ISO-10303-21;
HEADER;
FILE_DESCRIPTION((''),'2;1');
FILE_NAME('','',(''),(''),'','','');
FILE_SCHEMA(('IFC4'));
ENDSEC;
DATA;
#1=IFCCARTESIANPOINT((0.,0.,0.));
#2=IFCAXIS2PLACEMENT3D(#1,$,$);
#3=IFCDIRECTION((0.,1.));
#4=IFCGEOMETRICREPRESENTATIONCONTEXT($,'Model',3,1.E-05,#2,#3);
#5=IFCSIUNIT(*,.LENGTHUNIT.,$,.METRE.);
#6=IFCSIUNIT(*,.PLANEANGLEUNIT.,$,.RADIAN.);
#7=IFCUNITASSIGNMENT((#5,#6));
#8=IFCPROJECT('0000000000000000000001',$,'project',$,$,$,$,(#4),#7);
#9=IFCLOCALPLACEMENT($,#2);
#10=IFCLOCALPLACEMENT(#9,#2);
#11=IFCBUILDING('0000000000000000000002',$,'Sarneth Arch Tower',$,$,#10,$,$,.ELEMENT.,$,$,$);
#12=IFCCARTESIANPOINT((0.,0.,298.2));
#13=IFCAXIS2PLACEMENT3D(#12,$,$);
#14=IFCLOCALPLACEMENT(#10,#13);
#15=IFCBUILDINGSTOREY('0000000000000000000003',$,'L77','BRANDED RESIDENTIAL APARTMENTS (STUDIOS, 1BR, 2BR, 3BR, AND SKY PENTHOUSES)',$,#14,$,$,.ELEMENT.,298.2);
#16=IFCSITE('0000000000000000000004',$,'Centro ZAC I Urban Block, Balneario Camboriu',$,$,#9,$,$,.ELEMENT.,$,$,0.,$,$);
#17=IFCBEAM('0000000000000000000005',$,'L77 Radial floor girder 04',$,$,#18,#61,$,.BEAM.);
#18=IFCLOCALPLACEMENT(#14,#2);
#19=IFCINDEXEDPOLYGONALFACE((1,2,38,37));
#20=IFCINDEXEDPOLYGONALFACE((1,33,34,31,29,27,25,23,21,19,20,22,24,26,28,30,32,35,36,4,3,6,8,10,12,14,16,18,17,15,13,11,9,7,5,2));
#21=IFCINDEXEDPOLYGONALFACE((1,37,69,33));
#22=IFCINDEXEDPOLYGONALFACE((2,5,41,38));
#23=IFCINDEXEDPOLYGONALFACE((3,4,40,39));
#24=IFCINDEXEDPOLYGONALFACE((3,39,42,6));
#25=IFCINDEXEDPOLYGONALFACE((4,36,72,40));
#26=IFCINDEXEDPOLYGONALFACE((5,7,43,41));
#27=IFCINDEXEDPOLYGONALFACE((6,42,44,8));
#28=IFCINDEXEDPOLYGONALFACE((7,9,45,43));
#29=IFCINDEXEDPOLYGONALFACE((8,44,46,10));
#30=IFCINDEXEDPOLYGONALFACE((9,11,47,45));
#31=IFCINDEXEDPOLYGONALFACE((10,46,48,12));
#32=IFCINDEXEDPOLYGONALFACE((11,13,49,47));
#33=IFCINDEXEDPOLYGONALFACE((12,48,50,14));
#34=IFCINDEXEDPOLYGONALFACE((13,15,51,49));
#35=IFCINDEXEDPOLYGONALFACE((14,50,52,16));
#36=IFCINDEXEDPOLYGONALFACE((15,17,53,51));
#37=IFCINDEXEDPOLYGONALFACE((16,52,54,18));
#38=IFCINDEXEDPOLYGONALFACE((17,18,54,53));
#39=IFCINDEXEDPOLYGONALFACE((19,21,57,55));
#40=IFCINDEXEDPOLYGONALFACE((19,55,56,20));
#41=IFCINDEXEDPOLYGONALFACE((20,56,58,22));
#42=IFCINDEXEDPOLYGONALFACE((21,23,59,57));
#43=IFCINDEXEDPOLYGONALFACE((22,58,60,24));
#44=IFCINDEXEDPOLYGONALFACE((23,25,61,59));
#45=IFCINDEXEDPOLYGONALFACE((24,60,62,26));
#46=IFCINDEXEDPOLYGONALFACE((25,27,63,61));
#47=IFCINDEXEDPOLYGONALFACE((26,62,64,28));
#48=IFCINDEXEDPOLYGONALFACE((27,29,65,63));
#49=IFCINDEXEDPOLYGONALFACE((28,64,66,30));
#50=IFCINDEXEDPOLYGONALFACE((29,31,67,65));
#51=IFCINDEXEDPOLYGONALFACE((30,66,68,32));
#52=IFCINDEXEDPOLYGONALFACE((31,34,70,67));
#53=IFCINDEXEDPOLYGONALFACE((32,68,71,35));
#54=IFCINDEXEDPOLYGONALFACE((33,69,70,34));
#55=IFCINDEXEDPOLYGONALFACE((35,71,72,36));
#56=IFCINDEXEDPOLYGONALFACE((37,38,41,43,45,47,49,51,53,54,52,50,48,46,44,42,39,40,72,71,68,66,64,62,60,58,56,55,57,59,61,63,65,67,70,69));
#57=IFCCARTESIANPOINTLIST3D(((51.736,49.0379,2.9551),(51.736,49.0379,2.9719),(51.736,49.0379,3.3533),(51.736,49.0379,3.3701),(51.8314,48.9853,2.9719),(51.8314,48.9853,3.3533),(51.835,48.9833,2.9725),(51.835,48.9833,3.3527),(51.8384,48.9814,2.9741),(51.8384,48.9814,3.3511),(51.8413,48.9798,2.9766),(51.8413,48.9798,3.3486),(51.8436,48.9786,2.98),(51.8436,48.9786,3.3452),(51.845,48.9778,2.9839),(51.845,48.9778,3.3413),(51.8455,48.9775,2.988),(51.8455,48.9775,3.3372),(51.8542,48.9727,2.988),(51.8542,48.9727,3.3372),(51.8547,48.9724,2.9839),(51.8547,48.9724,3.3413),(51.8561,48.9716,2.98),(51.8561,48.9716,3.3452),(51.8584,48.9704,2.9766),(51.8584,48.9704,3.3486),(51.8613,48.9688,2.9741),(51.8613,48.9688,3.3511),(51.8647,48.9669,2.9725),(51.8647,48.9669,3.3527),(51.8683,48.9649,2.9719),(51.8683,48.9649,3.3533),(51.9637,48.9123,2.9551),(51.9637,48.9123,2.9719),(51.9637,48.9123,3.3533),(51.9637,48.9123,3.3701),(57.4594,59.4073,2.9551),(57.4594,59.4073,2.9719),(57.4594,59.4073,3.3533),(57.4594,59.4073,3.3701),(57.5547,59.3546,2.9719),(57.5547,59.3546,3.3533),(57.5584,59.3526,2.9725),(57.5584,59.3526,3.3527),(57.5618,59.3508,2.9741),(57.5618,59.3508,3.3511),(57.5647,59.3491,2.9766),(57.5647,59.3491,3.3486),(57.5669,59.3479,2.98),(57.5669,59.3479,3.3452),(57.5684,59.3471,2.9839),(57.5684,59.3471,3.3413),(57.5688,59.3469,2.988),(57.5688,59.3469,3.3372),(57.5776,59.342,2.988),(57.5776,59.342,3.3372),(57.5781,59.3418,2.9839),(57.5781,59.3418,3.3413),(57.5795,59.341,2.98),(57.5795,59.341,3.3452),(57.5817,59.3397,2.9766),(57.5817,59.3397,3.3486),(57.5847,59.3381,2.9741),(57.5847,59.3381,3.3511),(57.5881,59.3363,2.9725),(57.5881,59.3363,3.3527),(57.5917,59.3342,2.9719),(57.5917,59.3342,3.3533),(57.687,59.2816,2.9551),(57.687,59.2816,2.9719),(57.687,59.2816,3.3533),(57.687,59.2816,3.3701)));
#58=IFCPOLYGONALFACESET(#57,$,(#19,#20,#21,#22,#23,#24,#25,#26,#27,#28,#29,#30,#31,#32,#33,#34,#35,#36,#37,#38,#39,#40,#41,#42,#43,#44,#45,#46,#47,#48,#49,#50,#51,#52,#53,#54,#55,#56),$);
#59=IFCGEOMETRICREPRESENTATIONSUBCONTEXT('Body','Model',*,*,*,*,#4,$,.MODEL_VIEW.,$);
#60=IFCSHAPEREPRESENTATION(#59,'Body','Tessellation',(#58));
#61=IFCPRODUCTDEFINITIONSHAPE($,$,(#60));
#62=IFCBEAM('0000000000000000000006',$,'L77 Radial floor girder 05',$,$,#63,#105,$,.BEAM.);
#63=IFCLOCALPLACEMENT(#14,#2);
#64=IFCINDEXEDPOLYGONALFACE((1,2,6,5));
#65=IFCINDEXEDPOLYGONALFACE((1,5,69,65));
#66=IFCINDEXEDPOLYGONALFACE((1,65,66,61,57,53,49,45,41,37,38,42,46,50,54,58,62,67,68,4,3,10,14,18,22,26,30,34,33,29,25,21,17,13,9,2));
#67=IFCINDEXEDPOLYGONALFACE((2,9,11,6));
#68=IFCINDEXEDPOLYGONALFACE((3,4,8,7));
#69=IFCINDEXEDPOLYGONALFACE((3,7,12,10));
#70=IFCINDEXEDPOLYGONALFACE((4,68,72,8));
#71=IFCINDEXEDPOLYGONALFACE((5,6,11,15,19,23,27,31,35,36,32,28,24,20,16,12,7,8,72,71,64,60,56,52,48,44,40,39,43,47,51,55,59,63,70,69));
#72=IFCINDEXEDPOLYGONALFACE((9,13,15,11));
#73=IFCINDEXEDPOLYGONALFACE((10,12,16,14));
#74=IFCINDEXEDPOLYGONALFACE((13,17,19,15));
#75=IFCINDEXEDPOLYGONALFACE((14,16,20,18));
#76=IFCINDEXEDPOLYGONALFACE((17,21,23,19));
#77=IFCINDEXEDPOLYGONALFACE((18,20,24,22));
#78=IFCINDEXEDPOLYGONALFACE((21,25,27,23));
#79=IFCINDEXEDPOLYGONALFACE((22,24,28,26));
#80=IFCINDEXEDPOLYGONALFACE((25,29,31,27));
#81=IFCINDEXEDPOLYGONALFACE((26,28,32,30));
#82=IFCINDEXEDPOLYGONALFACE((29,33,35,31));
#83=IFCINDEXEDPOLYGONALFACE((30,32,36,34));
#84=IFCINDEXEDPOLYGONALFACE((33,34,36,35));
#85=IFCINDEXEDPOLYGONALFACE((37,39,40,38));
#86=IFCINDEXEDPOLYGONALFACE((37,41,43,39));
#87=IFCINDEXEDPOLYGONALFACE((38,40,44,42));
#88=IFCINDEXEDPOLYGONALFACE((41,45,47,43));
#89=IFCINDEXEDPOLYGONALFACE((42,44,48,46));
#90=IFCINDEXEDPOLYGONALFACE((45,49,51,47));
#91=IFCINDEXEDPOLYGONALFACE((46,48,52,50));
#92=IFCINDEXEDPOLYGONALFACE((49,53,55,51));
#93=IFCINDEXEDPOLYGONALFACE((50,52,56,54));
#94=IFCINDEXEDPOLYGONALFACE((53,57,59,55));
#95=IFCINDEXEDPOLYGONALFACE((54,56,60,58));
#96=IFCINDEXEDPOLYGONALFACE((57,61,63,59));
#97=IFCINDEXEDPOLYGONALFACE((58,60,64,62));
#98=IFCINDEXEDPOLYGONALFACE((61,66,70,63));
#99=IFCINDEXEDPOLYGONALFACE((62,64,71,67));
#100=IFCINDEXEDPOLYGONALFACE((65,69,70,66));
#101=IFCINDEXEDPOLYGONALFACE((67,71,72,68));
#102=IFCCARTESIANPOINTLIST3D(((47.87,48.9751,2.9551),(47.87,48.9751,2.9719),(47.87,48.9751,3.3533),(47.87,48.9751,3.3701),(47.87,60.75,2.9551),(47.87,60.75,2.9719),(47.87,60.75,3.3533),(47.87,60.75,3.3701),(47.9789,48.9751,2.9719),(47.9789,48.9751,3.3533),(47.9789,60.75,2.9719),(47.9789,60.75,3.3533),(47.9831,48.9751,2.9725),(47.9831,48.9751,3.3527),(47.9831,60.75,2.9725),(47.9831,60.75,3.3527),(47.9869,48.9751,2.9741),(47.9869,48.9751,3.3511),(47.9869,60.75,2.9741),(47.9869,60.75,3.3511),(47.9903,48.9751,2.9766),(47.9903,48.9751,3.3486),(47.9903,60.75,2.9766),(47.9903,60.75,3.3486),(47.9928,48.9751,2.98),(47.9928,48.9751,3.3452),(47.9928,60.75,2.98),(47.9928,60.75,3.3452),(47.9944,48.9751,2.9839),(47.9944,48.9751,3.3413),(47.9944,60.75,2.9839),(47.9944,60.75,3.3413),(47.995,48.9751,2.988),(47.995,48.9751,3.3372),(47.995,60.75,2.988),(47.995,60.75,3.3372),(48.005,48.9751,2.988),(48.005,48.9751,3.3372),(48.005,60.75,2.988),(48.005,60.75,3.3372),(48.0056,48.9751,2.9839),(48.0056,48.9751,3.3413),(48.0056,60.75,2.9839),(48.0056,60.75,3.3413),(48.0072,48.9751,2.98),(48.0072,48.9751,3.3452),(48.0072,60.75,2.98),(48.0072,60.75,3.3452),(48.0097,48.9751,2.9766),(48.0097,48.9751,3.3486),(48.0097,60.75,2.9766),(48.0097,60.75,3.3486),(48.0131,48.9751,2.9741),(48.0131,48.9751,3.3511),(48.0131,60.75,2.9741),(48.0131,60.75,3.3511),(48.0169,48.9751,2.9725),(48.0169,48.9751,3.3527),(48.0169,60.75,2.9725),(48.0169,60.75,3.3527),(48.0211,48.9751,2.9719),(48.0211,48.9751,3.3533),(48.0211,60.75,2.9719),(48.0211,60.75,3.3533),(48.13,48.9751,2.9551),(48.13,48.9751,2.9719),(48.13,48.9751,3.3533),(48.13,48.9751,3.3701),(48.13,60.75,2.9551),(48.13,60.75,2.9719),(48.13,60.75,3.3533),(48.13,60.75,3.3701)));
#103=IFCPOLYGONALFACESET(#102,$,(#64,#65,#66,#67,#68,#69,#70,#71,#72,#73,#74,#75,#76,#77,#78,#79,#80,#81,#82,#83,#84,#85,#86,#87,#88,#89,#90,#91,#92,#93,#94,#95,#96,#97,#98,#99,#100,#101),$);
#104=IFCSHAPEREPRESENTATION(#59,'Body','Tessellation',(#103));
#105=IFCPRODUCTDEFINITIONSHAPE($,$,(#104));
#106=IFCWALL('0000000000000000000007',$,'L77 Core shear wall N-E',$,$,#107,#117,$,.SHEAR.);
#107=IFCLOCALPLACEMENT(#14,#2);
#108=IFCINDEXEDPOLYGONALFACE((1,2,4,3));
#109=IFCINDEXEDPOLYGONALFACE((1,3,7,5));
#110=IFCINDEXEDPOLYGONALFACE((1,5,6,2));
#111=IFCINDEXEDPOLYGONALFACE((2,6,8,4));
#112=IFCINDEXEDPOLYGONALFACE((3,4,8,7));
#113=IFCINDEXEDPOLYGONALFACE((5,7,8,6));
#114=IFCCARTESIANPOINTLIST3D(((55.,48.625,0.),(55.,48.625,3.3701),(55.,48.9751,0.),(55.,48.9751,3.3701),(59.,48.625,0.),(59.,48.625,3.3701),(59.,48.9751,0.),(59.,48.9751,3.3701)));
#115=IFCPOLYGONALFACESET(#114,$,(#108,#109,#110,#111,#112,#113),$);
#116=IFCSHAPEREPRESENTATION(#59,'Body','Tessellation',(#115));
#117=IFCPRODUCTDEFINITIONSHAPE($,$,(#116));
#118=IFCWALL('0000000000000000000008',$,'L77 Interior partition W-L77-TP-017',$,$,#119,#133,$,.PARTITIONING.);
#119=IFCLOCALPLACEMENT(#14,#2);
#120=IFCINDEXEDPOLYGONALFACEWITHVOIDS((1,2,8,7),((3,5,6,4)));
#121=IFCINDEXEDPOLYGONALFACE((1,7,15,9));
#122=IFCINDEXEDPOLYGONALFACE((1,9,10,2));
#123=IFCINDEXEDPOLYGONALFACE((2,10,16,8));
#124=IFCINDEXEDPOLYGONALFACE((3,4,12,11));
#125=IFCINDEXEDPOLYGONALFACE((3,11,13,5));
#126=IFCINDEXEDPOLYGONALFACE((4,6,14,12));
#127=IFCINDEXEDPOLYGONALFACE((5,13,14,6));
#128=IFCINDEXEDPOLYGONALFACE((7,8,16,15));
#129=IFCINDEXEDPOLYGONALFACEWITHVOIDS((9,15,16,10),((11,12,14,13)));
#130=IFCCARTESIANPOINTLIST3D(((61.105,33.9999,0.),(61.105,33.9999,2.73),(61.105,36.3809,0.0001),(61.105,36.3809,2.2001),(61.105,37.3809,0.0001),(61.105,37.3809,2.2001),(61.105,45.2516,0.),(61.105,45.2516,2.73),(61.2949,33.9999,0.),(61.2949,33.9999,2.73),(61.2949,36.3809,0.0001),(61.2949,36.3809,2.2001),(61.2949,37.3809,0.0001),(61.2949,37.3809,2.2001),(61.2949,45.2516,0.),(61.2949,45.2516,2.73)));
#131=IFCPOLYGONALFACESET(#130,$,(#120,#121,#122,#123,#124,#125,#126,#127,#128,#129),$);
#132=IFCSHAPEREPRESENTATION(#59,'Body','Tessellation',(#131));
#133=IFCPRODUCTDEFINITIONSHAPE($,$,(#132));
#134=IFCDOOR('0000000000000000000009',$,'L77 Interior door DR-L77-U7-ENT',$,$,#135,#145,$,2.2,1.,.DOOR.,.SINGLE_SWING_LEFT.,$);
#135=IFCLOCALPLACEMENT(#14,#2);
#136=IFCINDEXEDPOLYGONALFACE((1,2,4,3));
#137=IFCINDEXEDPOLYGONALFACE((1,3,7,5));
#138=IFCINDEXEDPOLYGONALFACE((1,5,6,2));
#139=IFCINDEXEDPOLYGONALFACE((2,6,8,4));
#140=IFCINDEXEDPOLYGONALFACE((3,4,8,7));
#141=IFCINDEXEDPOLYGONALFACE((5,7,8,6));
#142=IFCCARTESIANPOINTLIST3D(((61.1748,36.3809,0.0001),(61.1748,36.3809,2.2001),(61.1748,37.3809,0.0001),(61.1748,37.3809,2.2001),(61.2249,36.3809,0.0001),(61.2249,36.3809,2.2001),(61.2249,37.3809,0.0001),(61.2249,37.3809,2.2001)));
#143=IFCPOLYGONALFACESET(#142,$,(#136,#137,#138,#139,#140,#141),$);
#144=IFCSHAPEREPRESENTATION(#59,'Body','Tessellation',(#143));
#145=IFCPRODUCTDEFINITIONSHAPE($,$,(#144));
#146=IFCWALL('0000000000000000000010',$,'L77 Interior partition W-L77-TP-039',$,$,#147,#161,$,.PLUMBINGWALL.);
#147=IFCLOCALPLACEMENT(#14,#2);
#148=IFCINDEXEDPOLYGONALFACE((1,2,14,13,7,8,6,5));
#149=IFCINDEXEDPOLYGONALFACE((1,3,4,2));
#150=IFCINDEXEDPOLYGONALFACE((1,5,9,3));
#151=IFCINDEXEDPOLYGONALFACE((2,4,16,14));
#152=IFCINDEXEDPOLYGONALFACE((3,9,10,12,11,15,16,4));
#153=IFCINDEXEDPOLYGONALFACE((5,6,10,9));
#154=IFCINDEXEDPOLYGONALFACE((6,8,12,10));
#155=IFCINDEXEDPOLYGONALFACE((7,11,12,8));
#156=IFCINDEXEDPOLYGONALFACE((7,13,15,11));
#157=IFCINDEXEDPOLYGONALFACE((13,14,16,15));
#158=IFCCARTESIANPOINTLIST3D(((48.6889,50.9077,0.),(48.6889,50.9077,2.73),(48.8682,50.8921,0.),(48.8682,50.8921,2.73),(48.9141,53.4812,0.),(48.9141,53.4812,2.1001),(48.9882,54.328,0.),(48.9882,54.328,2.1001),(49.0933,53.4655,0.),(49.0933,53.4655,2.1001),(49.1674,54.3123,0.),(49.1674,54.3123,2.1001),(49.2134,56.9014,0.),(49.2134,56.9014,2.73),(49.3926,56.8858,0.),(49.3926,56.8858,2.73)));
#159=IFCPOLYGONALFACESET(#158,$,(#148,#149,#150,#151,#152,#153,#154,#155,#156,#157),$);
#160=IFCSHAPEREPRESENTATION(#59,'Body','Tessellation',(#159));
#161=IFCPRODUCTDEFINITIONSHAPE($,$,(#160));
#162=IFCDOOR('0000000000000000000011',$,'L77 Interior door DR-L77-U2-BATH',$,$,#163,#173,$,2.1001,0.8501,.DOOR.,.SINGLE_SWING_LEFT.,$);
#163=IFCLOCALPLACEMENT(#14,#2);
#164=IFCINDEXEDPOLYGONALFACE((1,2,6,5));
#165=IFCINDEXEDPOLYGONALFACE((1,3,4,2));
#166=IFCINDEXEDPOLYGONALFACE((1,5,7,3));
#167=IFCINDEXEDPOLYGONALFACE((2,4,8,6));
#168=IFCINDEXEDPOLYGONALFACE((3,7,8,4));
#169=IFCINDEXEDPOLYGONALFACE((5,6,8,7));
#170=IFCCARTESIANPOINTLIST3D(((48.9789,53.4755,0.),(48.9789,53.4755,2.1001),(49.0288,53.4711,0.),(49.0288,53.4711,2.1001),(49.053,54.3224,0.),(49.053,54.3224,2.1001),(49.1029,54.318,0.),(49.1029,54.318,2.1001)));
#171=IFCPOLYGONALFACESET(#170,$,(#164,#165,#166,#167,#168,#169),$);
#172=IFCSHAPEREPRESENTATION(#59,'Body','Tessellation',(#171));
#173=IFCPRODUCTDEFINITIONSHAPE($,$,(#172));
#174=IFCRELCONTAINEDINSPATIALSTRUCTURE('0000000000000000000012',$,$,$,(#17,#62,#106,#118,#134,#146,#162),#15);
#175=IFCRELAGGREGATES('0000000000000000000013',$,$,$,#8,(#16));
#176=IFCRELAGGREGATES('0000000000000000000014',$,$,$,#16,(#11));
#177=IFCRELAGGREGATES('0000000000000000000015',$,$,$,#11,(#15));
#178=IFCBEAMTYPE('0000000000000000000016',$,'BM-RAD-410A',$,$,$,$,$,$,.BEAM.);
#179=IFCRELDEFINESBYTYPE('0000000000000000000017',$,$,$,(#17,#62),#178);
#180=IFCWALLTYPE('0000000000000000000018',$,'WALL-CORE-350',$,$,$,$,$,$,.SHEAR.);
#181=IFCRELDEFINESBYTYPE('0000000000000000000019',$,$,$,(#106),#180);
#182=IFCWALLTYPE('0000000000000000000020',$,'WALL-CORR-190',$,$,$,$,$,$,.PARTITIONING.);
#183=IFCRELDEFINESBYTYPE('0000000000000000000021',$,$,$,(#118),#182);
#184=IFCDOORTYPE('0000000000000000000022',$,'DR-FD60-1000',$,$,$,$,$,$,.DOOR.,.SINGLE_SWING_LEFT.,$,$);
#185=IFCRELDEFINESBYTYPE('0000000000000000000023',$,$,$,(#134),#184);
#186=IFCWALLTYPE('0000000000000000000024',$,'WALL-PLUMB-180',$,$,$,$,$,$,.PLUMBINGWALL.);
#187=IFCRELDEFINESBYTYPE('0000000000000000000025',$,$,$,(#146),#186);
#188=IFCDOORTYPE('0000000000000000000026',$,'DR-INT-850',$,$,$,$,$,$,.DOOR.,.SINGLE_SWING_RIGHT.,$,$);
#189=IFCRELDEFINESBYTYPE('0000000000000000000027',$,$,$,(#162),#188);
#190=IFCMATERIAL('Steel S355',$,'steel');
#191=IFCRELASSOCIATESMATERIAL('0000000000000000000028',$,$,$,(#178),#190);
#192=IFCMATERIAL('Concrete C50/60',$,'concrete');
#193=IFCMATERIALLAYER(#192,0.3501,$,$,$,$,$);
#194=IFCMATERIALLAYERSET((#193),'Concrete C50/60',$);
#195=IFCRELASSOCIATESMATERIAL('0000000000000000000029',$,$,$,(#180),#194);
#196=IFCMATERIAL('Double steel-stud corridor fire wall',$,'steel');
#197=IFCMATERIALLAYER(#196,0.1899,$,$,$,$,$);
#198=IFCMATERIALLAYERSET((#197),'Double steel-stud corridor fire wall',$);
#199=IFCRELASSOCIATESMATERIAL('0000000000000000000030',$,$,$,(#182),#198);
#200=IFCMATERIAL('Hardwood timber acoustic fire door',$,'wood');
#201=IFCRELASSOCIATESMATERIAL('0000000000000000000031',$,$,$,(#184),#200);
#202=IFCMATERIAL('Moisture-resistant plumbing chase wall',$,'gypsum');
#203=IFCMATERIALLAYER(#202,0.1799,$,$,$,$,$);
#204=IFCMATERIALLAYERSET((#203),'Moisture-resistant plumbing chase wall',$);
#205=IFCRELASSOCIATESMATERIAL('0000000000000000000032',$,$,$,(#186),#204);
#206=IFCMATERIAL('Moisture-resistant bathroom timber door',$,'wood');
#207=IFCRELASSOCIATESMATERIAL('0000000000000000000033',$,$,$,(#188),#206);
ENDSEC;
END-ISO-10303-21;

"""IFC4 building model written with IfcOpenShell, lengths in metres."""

from ifc_helpers import new_model, si_unit, direction, frame, frame_2d, origin, origin_2d, place, context, subcontext, project, spatial, rectangle, i_section, extrude, material, layer, layer_set, material_profile, profile_set, type_object, element, fill, save


model = new_model("IFC4")

# Units and contexts
model_context = context("Model", 3, precision=1e-05, world=origin(), true_north=direction((0.0, 1.0)))
body_context = subcontext(model_context, "Body", "Model", "MODEL_VIEW")
ifc_project = project(units=[si_unit("LENGTHUNIT", "METRE"), si_unit("PLANEANGLEUNIT", "RADIAN")], contexts=[model_context])

# Site, building, storey
site_placement = place(None, origin())
site = spatial("IfcSite", under=ifc_project, at=site_placement, Name="Centro ZAC I Urban Block, Balneario Camboriu", CompositionType="ELEMENT", RefElevation=0.0)
building_placement = place(site_placement, origin())
building = spatial("IfcBuilding", under=site, at=building_placement, Name="Sarneth Arch Tower", CompositionType="ELEMENT")
storey_placement = place(building_placement, frame((0.0, 0.0, 298.2)))
storey = spatial("IfcBuildingStorey", under=building, at=storey_placement, Name="L77", Description="BRANDED RESIDENTIAL APARTMENTS (STUDIOS, 1BR, 2BR, 3BR, AND SKY PENTHOUSES)", CompositionType="ELEMENT", Elevation=298.2)

# Beams
ifc_material_1 = material(Name="Steel S355", Category="steel")
ifc_material_profile_1 = material_profile(ifc_material_1, i_section(OverallWidth=0.26, OverallDepth=0.415, WebThickness=0.01, FlangeThickness=0.0168, FilletRadius=0.0161, at=origin_2d()), Name="W410x100")
ifc_profile_set_1 = profile_set([ifc_material_profile_1], Name="Steel S355")
beam_type_1 = type_object("IfcBeamType", Name="BM-RAD-410A", PredefinedType="BEAM", material=ifc_profile_set_1)
beam_1_placement = place(storey_placement, frame((51.8499, 48.9751, 3.1626), z_axis=(0.483229, 0.875494, 0.0), x_axis=(-0.875494, 0.483229, 0.0)))
element("IfcBeam", 1, at=beam_1_placement, inside=storey, type_object=beam_type_1, Name="L77 Radial floor girder 04", PredefinedType="BEAM", context=body_context, shape_type="SweptSolid", body=[
    extrude(i_section(OverallWidth=0.26, OverallDepth=0.415, WebThickness=0.01, FlangeThickness=0.0168, FilletRadius=0.0161, at=origin_2d()), origin(), (0.0, 0.0, 1.0), 11.844),
])
beam_2_placement = place(storey_placement, frame((48.0, 48.9751, 3.1626), z_axis=(0.0, 1.0, 0.0), x_axis=(-1.0, 0.0, 0.0)))
element("IfcBeam", 2, at=beam_2_placement, inside=storey, type_object=beam_type_1, Name="L77 Radial floor girder 05", PredefinedType="BEAM", context=body_context, shape_type="SweptSolid", body=[
    extrude(i_section(OverallWidth=0.26, OverallDepth=0.415, WebThickness=0.01, FlangeThickness=0.0168, FilletRadius=0.0161, at=origin_2d()), origin(), (0.0, 0.0, 1.0), 11.7749),
])

# Wall
ifc_material_2 = material(Name="Concrete C50/60", Category="concrete")
ifc_layer_1 = layer(ifc_material_2, 0.3501)
ifc_layer_set_1 = layer_set([ifc_layer_1], Name="Concrete C50/60")
wall_type_1 = type_object("IfcWallType", Name="WALL-CORE-350", PredefinedType="SHEAR", material=ifc_layer_set_1)
wall_1_placement = place(storey_placement, frame((55.0, 48.8, 0.0), z_axis=(0.0, 0.0, 1.0), x_axis=(1.0, 0.0, 0.0)))
element("IfcWall", 3, at=wall_1_placement, inside=storey, type_object=wall_type_1, Name="L77 Core shear wall N-E", PredefinedType="SHEAR", context=body_context, shape_type="SweptSolid", body=[
    extrude(rectangle(XDim=4.0, YDim=0.3501, at=frame_2d((2.0, 0.0))), origin(), (0.0, 0.0, 1.0), 3.3701),
])

# Walls, openings, doors
ifc_material_3 = material(Name="Double steel-stud corridor fire wall", Category="steel")
ifc_layer_2 = layer(ifc_material_3, 0.1899)
ifc_layer_set_2 = layer_set([ifc_layer_2], Name="Double steel-stud corridor fire wall")
wall_type_2 = type_object("IfcWallType", Name="WALL-CORR-190", PredefinedType="PARTITIONING", material=ifc_layer_set_2)
wall_2_placement = place(storey_placement, frame((61.2, 45.2517, 0.0), z_axis=(0.0, 0.0, 1.0), x_axis=(0.0, -1.0, 0.0)))
wall_2 = element("IfcWall", 4, at=wall_2_placement, inside=storey, type_object=wall_type_2, Name="L77 Interior partition W-L77-TP-017", PredefinedType="PARTITIONING", context=body_context, shape_type="SweptSolid", body=[
    extrude(rectangle(XDim=11.2517, YDim=0.1899, at=frame_2d((5.626, 0.0))), origin(), (0.0, 0.0, 1.0), 2.73),
])
opening_1_placement = place(wall_2_placement, frame((7.8708, 0.0, 0.0)))
opening_1 = element("IfcOpeningElement", 5, at=opening_1_placement, cuts=wall_2, PredefinedType="OPENING", context=body_context, shape_type="SweptSolid", body=[
    extrude(rectangle(XDim=1.0, YDim=2.2, at=frame_2d((0.5, 1.1001))), frame((0.0, 0.105, 0.0), z_axis=(0.0, -1.0, 0.0), x_axis=(1.0, 0.0, 0.0)), (0.0, 0.0, 1.0), 0.21),
])
ifc_material_4 = material(Name="Hardwood timber acoustic fire door", Category="wood")
door_type_1 = type_object("IfcDoorType", Name="DR-FD60-1000", OperationType="SINGLE_SWING_LEFT", PredefinedType="DOOR", material=ifc_material_4)
door_1_placement = place(opening_1_placement, origin())
door_1 = element("IfcDoor", 6, at=door_1_placement, inside=storey, type_object=door_type_1, Name="L77 Interior door DR-L77-U7-ENT", OperationType="SINGLE_SWING_LEFT", OverallHeight=2.2, OverallWidth=1.0, PredefinedType="DOOR", context=body_context, shape_type="SweptSolid", body=[
    extrude(rectangle(XDim=1.0, YDim=2.2, at=frame_2d((0.5, 1.1001))), frame((0.0, 0.0249, 0.0), z_axis=(0.0, -1.0, 0.0), x_axis=(1.0, 0.0, 0.0)), (0.0, 0.0, 1.0), 0.05),
])
fill(opening_1, door_1)
ifc_material_5 = material(Name="Moisture-resistant plumbing chase wall", Category="gypsum")
ifc_layer_3 = layer(ifc_material_5, 0.1799)
ifc_layer_set_3 = layer_set([ifc_layer_3], Name="Moisture-resistant plumbing chase wall")
wall_type_3 = type_object("IfcWallType", Name="WALL-PLUMB-180", PredefinedType="PLUMBINGWALL", material=ifc_layer_set_3)
wall_3_placement = place(storey_placement, frame((48.7786, 50.8999, 0.0), z_axis=(0.0, 0.0, 1.0), x_axis=(0.087162, 0.996194, 0.0)))
wall_3 = element("IfcWall", 7, at=wall_3_placement, inside=storey, type_object=wall_type_3, Name="L77 Interior partition W-L77-TP-039", PredefinedType="PLUMBINGWALL", context=body_context, shape_type="SweptSolid", body=[
    extrude(rectangle(XDim=6.0166, YDim=0.1799, at=frame_2d((3.0083, 0.0))), origin(), (0.0, 0.0, 1.0), 2.73),
])
opening_2_placement = place(wall_3_placement, frame((2.5833, 0.0, 0.0)))
opening_2 = element("IfcOpeningElement", 8, at=opening_2_placement, cuts=wall_3, PredefinedType="OPENING", context=body_context, shape_type="SweptSolid", body=[
    extrude(rectangle(XDim=0.8501, YDim=2.1001, at=frame_2d((0.425, 1.05))), frame((0.0, 0.0999, 0.0), z_axis=(0.0, -1.0, 0.0), x_axis=(1.0, 0.0, 0.0)), (0.0, 0.0, 1.0), 0.2),
])
ifc_material_6 = material(Name="Moisture-resistant bathroom timber door", Category="wood")
door_type_2 = type_object("IfcDoorType", Name="DR-INT-850", OperationType="SINGLE_SWING_RIGHT", PredefinedType="DOOR", material=ifc_material_6)
door_2_placement = place(opening_2_placement, origin())
door_2 = element("IfcDoor", 9, at=door_2_placement, inside=storey, type_object=door_type_2, Name="L77 Interior door DR-L77-U2-BATH", OperationType="SINGLE_SWING_LEFT", OverallHeight=2.1001, OverallWidth=0.8501, PredefinedType="DOOR", context=body_context, shape_type="SweptSolid", body=[
    extrude(rectangle(XDim=0.8501, YDim=2.1001, at=frame_2d((0.425, 1.05))), frame((0.0, 0.0249, 0.0), z_axis=(0.0, -1.0, 0.0), x_axis=(1.0, 0.0, 0.0)), (0.0, 0.0, 1.0), 0.05),
])
fill(opening_2, door_2)

save(model, "model.ifc")
